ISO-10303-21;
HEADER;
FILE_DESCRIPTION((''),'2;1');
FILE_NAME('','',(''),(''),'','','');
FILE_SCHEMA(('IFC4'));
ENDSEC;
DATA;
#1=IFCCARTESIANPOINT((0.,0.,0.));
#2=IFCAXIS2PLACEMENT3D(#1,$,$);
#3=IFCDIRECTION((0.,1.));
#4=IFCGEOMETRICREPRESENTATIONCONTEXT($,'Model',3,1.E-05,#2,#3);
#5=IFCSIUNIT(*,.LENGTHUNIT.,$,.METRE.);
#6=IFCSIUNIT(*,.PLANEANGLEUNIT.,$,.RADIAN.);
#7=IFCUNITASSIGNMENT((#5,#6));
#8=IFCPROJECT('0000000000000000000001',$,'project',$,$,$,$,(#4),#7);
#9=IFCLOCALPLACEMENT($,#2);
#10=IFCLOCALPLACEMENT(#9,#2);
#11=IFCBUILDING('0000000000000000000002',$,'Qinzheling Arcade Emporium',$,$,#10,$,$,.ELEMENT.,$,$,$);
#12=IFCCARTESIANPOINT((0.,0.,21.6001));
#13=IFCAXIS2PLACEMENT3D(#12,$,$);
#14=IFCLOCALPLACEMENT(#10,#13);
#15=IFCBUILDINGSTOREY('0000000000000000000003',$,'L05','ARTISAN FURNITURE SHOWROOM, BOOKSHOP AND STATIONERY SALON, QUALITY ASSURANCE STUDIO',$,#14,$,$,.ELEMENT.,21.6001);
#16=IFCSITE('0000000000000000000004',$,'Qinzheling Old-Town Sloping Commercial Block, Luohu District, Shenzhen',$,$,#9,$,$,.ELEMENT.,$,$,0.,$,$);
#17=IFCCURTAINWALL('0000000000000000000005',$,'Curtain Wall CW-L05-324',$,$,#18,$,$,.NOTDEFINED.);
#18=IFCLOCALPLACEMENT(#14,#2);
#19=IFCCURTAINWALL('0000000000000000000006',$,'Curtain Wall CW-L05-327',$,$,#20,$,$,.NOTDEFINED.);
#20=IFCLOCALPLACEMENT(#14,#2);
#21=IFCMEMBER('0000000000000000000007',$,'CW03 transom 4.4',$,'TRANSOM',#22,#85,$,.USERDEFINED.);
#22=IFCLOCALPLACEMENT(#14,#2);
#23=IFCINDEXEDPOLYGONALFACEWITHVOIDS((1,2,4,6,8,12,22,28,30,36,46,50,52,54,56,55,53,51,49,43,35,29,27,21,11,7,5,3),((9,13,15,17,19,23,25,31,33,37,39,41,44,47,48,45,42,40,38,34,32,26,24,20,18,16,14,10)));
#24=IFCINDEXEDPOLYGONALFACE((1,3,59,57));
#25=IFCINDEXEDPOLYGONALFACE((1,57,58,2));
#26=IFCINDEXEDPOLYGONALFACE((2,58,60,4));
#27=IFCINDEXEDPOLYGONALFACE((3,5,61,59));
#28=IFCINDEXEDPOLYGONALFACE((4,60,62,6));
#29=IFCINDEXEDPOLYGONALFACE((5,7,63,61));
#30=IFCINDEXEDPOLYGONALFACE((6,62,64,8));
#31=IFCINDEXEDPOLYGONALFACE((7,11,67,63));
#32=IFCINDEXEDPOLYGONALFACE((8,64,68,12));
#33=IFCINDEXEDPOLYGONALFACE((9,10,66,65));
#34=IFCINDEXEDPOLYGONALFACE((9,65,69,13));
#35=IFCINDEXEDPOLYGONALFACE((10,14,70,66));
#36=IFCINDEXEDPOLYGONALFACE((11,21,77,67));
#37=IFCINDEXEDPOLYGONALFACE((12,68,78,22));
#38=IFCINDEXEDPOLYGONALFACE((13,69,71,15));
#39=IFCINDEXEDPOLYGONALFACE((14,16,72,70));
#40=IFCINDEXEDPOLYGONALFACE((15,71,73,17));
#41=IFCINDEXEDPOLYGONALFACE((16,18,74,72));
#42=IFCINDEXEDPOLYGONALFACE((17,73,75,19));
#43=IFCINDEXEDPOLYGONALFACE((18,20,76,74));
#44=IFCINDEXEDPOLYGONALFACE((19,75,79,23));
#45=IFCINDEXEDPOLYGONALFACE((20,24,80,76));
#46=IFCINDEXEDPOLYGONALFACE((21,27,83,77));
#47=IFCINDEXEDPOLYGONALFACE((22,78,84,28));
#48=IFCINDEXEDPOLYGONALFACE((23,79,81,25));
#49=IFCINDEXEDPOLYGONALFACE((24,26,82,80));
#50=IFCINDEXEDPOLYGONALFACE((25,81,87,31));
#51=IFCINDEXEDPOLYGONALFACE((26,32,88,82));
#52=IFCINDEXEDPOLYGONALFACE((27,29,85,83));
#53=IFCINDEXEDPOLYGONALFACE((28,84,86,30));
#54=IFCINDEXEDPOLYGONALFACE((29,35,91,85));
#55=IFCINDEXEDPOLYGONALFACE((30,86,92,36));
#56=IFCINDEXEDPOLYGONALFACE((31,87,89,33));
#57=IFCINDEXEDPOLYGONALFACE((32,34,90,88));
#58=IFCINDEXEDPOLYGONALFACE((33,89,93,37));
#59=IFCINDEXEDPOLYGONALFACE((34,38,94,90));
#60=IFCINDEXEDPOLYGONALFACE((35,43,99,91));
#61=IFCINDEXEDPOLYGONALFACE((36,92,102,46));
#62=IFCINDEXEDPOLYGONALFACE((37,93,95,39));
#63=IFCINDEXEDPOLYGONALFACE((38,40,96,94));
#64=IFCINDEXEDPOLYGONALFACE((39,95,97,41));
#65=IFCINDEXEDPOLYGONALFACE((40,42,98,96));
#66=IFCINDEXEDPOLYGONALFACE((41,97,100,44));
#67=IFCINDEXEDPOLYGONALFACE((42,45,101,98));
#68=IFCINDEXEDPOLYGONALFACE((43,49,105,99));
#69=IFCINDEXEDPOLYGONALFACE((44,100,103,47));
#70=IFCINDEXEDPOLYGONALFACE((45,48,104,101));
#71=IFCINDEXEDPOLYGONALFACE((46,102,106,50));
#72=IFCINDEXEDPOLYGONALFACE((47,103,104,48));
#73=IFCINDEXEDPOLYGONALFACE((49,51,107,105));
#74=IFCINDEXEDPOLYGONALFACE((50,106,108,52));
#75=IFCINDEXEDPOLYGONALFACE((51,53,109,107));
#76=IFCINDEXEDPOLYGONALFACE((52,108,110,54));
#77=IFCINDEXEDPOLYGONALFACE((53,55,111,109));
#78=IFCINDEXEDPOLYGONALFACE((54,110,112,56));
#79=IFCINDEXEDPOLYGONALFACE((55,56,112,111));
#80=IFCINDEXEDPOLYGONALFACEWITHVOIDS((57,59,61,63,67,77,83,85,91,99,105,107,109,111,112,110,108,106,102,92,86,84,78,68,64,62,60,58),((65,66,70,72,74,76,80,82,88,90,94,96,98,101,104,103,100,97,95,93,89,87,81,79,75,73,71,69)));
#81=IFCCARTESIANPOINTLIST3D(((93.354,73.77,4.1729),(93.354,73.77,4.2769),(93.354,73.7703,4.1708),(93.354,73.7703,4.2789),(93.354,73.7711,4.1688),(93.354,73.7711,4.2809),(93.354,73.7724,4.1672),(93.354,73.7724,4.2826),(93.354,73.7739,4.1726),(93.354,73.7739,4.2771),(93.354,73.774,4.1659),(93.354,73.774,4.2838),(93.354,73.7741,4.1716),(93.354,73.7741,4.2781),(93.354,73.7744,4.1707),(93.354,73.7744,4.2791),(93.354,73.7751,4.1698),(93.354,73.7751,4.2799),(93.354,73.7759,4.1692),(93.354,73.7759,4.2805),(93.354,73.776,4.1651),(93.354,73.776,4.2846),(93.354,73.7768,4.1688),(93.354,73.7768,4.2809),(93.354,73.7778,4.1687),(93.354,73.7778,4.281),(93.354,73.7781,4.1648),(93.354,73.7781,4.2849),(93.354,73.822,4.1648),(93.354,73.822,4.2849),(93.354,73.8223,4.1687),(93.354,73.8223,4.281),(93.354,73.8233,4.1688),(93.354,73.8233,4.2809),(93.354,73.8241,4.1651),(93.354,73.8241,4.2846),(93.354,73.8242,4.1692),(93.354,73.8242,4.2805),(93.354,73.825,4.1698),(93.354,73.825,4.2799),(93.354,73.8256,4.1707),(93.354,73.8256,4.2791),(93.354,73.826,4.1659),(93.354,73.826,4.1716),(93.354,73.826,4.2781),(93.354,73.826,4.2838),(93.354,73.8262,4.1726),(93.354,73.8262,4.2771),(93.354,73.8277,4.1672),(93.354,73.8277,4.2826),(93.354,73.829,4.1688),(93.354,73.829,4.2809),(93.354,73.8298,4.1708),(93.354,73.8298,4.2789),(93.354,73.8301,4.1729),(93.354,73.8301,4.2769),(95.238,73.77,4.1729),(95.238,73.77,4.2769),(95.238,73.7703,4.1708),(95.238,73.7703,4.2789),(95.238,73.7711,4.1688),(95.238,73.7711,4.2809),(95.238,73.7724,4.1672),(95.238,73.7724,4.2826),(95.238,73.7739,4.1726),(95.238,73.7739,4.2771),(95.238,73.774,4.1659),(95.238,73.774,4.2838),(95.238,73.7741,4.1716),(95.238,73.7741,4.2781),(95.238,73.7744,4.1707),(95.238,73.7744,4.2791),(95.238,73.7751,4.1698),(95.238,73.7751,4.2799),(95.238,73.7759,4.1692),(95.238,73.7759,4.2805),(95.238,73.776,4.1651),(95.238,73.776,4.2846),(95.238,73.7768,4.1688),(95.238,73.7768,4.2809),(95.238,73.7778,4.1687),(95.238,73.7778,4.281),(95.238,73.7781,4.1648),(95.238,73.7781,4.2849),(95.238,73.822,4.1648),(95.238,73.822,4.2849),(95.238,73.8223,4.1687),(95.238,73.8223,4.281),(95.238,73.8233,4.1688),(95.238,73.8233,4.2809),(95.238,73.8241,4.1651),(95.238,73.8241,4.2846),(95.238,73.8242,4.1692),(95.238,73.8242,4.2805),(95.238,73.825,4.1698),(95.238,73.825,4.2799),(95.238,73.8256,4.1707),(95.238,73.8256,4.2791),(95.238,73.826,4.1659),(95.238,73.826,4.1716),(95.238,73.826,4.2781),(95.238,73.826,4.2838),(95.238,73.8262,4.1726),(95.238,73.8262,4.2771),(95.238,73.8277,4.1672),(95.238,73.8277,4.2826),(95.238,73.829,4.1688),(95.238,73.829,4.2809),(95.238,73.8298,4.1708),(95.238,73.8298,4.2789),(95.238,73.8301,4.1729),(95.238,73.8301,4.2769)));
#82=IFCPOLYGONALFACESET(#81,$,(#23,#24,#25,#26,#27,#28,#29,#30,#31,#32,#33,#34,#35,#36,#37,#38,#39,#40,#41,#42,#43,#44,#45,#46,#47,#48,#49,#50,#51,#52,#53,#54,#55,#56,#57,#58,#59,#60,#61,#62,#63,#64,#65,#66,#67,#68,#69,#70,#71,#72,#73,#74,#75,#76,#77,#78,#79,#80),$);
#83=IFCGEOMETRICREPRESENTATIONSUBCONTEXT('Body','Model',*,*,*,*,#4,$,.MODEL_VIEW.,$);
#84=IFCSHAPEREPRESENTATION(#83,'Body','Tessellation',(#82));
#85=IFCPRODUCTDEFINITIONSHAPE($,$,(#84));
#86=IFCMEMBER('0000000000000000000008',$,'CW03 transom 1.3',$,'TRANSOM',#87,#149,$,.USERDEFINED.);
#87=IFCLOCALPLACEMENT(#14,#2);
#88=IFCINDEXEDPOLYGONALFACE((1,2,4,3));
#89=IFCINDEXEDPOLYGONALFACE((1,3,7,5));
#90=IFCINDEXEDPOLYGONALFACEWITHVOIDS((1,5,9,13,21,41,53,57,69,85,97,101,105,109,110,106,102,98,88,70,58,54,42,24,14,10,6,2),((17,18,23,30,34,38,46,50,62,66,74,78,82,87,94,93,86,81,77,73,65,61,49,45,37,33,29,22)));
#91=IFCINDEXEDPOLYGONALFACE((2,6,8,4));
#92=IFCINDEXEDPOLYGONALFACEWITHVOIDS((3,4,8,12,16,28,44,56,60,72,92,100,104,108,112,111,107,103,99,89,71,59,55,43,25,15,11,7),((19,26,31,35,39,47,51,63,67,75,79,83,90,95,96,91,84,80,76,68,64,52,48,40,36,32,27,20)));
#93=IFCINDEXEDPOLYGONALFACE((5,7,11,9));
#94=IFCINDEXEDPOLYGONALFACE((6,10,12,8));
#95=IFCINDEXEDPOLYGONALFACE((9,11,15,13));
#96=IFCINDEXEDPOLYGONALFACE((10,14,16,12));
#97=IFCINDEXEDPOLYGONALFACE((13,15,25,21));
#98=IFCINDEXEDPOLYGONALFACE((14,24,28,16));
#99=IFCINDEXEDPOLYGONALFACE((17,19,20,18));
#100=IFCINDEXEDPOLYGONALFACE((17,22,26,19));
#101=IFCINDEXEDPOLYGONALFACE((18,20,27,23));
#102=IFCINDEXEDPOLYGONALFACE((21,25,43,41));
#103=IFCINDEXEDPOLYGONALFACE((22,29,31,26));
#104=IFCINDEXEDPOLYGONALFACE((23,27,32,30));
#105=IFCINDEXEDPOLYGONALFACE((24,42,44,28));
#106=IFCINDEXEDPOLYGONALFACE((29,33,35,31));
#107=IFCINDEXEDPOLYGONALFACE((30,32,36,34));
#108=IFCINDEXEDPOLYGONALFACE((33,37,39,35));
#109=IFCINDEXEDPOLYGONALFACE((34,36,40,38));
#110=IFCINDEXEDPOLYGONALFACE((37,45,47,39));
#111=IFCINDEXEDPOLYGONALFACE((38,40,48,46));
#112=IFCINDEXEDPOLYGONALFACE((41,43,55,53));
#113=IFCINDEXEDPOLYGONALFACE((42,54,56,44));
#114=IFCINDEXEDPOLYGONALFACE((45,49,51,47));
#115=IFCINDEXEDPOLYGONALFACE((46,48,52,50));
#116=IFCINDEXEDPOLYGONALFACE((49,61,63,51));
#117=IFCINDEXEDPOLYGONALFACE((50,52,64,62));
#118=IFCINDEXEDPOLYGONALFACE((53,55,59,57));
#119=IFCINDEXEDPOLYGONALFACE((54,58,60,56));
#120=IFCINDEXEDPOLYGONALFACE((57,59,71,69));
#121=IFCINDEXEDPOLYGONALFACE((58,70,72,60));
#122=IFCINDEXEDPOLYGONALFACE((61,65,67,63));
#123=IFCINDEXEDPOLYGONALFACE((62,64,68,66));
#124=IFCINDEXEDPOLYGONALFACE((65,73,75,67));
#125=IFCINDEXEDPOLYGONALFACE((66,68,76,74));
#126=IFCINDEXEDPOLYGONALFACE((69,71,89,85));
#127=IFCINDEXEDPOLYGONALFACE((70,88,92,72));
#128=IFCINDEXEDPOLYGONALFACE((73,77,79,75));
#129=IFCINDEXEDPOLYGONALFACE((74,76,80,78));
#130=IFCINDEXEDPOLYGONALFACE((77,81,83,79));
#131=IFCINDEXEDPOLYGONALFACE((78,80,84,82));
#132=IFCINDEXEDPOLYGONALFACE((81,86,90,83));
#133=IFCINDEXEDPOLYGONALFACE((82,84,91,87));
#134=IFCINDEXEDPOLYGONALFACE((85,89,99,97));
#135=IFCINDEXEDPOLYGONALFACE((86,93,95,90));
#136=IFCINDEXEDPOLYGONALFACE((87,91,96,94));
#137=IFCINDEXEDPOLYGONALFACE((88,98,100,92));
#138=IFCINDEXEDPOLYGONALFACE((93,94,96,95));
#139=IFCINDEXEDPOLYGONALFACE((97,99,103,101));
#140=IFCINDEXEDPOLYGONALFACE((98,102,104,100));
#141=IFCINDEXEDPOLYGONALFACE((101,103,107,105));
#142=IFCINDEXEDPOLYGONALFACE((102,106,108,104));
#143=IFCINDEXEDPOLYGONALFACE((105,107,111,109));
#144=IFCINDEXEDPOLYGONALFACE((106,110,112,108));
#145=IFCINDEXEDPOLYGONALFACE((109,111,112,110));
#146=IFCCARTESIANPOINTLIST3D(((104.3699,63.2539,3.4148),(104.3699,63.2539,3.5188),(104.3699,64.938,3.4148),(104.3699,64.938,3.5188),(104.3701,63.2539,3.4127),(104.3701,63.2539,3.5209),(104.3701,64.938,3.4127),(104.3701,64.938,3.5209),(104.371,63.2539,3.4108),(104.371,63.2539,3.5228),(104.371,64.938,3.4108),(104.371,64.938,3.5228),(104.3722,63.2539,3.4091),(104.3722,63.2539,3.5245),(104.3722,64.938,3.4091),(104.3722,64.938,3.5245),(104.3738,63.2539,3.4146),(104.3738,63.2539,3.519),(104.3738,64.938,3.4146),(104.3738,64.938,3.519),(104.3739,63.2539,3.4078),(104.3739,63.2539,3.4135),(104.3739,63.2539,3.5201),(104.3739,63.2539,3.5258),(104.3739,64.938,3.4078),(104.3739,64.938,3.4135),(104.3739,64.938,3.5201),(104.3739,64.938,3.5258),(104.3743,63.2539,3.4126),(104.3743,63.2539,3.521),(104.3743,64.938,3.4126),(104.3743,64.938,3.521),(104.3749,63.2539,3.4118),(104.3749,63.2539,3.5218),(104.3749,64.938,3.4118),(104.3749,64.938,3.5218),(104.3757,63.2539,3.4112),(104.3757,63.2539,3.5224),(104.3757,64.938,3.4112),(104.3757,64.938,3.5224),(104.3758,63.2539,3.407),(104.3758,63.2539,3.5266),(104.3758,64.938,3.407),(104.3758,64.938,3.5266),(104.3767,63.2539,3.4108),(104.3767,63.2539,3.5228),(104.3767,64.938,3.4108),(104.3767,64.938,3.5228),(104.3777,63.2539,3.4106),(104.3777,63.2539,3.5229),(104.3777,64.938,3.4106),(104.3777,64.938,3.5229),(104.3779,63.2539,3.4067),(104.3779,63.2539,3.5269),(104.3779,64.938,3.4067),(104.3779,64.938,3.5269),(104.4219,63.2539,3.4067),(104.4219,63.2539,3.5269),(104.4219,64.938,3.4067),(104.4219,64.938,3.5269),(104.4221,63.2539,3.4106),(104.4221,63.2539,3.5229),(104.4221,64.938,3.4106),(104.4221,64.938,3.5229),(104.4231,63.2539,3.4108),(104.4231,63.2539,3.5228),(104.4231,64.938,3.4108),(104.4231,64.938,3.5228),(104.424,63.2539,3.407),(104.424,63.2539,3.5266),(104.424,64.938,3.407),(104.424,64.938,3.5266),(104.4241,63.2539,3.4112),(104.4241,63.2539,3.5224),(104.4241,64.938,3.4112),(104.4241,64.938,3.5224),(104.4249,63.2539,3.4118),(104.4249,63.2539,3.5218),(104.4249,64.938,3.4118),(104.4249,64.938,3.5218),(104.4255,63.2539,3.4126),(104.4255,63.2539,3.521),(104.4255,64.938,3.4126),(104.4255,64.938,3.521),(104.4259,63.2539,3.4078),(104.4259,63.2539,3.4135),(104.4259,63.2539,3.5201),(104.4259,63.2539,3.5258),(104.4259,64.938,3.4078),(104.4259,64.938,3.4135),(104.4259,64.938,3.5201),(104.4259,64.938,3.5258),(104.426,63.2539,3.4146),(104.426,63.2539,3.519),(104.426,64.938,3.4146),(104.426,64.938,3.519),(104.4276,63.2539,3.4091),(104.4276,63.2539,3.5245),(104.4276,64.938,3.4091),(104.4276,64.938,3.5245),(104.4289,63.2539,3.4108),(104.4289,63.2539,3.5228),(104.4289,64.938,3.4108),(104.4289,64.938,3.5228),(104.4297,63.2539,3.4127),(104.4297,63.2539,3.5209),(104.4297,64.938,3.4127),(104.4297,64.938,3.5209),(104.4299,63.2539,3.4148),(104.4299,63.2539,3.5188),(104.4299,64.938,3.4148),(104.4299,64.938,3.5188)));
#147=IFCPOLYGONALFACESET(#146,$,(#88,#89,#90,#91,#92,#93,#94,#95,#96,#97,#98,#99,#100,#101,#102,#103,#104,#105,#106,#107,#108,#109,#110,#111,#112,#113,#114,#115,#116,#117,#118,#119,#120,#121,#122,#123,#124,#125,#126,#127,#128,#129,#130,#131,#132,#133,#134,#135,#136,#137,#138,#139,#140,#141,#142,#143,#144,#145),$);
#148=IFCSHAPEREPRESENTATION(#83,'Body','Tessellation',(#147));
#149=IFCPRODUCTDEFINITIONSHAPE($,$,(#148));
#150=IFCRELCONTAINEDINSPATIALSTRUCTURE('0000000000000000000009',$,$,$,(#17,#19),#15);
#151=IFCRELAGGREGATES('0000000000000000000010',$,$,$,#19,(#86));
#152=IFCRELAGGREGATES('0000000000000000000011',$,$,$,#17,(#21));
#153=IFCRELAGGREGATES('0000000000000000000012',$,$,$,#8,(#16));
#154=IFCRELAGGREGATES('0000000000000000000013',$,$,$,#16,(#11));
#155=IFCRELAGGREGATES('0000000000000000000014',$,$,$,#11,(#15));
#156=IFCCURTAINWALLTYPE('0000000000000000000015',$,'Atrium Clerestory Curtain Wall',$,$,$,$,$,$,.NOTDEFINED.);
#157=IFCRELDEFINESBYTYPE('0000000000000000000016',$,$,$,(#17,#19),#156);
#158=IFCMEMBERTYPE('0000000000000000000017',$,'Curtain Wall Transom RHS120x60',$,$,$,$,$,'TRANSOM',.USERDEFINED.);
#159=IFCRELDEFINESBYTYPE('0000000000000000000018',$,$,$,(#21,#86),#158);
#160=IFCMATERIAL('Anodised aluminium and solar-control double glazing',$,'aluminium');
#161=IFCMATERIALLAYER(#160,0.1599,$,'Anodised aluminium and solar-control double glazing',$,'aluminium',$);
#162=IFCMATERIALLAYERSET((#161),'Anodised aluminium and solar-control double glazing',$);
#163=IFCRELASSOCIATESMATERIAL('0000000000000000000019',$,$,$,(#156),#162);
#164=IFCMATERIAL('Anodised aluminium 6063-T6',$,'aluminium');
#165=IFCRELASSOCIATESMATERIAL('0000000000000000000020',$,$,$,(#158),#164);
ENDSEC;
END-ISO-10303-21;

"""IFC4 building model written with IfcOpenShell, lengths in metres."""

from ifc_helpers import new_model, si_unit, direction, frame, origin, origin_2d, place, context, subcontext, project, spatial, hollow_rectangle, extrude, material, layer, layer_set, material_profile, profile_set, type_object, element, aggregate, save


model = new_model("IFC4")

# Units and contexts
model_context = context("Model", 3, precision=1e-05, world=origin(), true_north=direction((0.0, 1.0)))
body_context = subcontext(model_context, "Body", "Model", "MODEL_VIEW")
ifc_project = project(units=[si_unit("LENGTHUNIT", "METRE"), si_unit("PLANEANGLEUNIT", "RADIAN")], contexts=[model_context])

# Site, building, storey
site_placement = place(None, origin())
site = spatial("IfcSite", under=ifc_project, at=site_placement, Name="Qinzheling Old-Town Sloping Commercial Block, Luohu District, Shenzhen", CompositionType="ELEMENT", RefElevation=0.0)
building_placement = place(site_placement, origin())
building = spatial("IfcBuilding", under=site, at=building_placement, Name="Qinzheling Arcade Emporium", CompositionType="ELEMENT")
storey_placement = place(building_placement, frame((0.0, 0.0, 21.6001)))
storey = spatial("IfcBuildingStorey", under=building, at=storey_placement, Name="L05", Description="ARTISAN FURNITURE SHOWROOM, BOOKSHOP AND STATIONERY SALON, QUALITY ASSURANCE STUDIO", CompositionType="ELEMENT", Elevation=21.6001)

# Curtain wall
ifc_material_1 = material(Name="Anodised aluminium and solar-control double glazing", Category="aluminium")
ifc_layer_1 = layer(ifc_material_1, 0.1599, Name="Anodised aluminium and solar-control double glazing", Category="aluminium")
ifc_layer_set_1 = layer_set([ifc_layer_1], Name="Anodised aluminium and solar-control double glazing")
curtain_wall_type = type_object("IfcCurtainWallType", Name="Atrium Clerestory Curtain Wall", PredefinedType="NOTDEFINED", material=ifc_layer_set_1)
curtain_wall_1_placement = place(storey_placement, origin())
curtain_wall_1 = element("IfcCurtainWall", 1, at=curtain_wall_1_placement, inside=storey, type_object=curtain_wall_type, Name="Curtain Wall CW-L05-324", PredefinedType="NOTDEFINED")
ifc_material_2 = material(Name="Anodised aluminium 6063-T6", Category="aluminium")

# Curtain wall
curtain_wall_2_placement = place(storey_placement, origin())
curtain_wall_2 = element("IfcCurtainWall", 2, at=curtain_wall_2_placement, inside=storey, type_object=curtain_wall_type, Name="Curtain Wall CW-L05-327", PredefinedType="NOTDEFINED")

# Members
ifc_material_profile_1 = material_profile(ifc_material_2, hollow_rectangle(XDim=0.0601, YDim=0.1201, WallThickness=0.0039, InnerFilletRadius=0.0039, OuterFilletRadius=0.0081, at=origin_2d()), Name="RHS 120x60x4", Category="aluminium")
ifc_profile_set_1 = profile_set([ifc_material_profile_1], Name="Anodised aluminium 6063-T6")
member_type_1 = type_object("IfcMemberType", Name="Curtain Wall Transom RHS120x60", ElementType="TRANSOM", PredefinedType="USERDEFINED", material=ifc_profile_set_1)
member_1_placement = place(storey_placement, frame((93.354, 73.8, 4.2249), z_axis=(1.0, 0.0, 0.0), x_axis=(0.0, 1.0, 0.0)))
member_1 = element("IfcMember", 3, at=member_1_placement, type_object=member_type_1, Name="CW03 transom 4.4", ObjectType="TRANSOM", PredefinedType="USERDEFINED", context=body_context, shape_type="SweptSolid", body=[
    extrude(hollow_rectangle(XDim=0.0601, YDim=0.1201, WallThickness=0.0039, InnerFilletRadius=0.0039, OuterFilletRadius=0.0081, at=origin_2d()), origin(), (0.0, 0.0, 1.0), 1.884),
])
member_2_placement = place(storey_placement, frame((104.3999, 64.938, 3.4668), z_axis=(0.0, -1.0, 0.0), x_axis=(1.0, 0.0, 0.0)))
member_2 = element("IfcMember", 4, at=member_2_placement, type_object=member_type_1, Name="CW03 transom 1.3", ObjectType="TRANSOM", PredefinedType="USERDEFINED", context=body_context, shape_type="SweptSolid", body=[
    extrude(hollow_rectangle(XDim=0.0601, YDim=0.1201, WallThickness=0.0039, InnerFilletRadius=0.0039, OuterFilletRadius=0.0081, at=origin_2d()), origin(), (0.0, 0.0, 1.0), 1.6841),
])
aggregate(curtain_wall_2, [member_2])

aggregate(curtain_wall_1, [member_1])

save(model, "model.ifc")
